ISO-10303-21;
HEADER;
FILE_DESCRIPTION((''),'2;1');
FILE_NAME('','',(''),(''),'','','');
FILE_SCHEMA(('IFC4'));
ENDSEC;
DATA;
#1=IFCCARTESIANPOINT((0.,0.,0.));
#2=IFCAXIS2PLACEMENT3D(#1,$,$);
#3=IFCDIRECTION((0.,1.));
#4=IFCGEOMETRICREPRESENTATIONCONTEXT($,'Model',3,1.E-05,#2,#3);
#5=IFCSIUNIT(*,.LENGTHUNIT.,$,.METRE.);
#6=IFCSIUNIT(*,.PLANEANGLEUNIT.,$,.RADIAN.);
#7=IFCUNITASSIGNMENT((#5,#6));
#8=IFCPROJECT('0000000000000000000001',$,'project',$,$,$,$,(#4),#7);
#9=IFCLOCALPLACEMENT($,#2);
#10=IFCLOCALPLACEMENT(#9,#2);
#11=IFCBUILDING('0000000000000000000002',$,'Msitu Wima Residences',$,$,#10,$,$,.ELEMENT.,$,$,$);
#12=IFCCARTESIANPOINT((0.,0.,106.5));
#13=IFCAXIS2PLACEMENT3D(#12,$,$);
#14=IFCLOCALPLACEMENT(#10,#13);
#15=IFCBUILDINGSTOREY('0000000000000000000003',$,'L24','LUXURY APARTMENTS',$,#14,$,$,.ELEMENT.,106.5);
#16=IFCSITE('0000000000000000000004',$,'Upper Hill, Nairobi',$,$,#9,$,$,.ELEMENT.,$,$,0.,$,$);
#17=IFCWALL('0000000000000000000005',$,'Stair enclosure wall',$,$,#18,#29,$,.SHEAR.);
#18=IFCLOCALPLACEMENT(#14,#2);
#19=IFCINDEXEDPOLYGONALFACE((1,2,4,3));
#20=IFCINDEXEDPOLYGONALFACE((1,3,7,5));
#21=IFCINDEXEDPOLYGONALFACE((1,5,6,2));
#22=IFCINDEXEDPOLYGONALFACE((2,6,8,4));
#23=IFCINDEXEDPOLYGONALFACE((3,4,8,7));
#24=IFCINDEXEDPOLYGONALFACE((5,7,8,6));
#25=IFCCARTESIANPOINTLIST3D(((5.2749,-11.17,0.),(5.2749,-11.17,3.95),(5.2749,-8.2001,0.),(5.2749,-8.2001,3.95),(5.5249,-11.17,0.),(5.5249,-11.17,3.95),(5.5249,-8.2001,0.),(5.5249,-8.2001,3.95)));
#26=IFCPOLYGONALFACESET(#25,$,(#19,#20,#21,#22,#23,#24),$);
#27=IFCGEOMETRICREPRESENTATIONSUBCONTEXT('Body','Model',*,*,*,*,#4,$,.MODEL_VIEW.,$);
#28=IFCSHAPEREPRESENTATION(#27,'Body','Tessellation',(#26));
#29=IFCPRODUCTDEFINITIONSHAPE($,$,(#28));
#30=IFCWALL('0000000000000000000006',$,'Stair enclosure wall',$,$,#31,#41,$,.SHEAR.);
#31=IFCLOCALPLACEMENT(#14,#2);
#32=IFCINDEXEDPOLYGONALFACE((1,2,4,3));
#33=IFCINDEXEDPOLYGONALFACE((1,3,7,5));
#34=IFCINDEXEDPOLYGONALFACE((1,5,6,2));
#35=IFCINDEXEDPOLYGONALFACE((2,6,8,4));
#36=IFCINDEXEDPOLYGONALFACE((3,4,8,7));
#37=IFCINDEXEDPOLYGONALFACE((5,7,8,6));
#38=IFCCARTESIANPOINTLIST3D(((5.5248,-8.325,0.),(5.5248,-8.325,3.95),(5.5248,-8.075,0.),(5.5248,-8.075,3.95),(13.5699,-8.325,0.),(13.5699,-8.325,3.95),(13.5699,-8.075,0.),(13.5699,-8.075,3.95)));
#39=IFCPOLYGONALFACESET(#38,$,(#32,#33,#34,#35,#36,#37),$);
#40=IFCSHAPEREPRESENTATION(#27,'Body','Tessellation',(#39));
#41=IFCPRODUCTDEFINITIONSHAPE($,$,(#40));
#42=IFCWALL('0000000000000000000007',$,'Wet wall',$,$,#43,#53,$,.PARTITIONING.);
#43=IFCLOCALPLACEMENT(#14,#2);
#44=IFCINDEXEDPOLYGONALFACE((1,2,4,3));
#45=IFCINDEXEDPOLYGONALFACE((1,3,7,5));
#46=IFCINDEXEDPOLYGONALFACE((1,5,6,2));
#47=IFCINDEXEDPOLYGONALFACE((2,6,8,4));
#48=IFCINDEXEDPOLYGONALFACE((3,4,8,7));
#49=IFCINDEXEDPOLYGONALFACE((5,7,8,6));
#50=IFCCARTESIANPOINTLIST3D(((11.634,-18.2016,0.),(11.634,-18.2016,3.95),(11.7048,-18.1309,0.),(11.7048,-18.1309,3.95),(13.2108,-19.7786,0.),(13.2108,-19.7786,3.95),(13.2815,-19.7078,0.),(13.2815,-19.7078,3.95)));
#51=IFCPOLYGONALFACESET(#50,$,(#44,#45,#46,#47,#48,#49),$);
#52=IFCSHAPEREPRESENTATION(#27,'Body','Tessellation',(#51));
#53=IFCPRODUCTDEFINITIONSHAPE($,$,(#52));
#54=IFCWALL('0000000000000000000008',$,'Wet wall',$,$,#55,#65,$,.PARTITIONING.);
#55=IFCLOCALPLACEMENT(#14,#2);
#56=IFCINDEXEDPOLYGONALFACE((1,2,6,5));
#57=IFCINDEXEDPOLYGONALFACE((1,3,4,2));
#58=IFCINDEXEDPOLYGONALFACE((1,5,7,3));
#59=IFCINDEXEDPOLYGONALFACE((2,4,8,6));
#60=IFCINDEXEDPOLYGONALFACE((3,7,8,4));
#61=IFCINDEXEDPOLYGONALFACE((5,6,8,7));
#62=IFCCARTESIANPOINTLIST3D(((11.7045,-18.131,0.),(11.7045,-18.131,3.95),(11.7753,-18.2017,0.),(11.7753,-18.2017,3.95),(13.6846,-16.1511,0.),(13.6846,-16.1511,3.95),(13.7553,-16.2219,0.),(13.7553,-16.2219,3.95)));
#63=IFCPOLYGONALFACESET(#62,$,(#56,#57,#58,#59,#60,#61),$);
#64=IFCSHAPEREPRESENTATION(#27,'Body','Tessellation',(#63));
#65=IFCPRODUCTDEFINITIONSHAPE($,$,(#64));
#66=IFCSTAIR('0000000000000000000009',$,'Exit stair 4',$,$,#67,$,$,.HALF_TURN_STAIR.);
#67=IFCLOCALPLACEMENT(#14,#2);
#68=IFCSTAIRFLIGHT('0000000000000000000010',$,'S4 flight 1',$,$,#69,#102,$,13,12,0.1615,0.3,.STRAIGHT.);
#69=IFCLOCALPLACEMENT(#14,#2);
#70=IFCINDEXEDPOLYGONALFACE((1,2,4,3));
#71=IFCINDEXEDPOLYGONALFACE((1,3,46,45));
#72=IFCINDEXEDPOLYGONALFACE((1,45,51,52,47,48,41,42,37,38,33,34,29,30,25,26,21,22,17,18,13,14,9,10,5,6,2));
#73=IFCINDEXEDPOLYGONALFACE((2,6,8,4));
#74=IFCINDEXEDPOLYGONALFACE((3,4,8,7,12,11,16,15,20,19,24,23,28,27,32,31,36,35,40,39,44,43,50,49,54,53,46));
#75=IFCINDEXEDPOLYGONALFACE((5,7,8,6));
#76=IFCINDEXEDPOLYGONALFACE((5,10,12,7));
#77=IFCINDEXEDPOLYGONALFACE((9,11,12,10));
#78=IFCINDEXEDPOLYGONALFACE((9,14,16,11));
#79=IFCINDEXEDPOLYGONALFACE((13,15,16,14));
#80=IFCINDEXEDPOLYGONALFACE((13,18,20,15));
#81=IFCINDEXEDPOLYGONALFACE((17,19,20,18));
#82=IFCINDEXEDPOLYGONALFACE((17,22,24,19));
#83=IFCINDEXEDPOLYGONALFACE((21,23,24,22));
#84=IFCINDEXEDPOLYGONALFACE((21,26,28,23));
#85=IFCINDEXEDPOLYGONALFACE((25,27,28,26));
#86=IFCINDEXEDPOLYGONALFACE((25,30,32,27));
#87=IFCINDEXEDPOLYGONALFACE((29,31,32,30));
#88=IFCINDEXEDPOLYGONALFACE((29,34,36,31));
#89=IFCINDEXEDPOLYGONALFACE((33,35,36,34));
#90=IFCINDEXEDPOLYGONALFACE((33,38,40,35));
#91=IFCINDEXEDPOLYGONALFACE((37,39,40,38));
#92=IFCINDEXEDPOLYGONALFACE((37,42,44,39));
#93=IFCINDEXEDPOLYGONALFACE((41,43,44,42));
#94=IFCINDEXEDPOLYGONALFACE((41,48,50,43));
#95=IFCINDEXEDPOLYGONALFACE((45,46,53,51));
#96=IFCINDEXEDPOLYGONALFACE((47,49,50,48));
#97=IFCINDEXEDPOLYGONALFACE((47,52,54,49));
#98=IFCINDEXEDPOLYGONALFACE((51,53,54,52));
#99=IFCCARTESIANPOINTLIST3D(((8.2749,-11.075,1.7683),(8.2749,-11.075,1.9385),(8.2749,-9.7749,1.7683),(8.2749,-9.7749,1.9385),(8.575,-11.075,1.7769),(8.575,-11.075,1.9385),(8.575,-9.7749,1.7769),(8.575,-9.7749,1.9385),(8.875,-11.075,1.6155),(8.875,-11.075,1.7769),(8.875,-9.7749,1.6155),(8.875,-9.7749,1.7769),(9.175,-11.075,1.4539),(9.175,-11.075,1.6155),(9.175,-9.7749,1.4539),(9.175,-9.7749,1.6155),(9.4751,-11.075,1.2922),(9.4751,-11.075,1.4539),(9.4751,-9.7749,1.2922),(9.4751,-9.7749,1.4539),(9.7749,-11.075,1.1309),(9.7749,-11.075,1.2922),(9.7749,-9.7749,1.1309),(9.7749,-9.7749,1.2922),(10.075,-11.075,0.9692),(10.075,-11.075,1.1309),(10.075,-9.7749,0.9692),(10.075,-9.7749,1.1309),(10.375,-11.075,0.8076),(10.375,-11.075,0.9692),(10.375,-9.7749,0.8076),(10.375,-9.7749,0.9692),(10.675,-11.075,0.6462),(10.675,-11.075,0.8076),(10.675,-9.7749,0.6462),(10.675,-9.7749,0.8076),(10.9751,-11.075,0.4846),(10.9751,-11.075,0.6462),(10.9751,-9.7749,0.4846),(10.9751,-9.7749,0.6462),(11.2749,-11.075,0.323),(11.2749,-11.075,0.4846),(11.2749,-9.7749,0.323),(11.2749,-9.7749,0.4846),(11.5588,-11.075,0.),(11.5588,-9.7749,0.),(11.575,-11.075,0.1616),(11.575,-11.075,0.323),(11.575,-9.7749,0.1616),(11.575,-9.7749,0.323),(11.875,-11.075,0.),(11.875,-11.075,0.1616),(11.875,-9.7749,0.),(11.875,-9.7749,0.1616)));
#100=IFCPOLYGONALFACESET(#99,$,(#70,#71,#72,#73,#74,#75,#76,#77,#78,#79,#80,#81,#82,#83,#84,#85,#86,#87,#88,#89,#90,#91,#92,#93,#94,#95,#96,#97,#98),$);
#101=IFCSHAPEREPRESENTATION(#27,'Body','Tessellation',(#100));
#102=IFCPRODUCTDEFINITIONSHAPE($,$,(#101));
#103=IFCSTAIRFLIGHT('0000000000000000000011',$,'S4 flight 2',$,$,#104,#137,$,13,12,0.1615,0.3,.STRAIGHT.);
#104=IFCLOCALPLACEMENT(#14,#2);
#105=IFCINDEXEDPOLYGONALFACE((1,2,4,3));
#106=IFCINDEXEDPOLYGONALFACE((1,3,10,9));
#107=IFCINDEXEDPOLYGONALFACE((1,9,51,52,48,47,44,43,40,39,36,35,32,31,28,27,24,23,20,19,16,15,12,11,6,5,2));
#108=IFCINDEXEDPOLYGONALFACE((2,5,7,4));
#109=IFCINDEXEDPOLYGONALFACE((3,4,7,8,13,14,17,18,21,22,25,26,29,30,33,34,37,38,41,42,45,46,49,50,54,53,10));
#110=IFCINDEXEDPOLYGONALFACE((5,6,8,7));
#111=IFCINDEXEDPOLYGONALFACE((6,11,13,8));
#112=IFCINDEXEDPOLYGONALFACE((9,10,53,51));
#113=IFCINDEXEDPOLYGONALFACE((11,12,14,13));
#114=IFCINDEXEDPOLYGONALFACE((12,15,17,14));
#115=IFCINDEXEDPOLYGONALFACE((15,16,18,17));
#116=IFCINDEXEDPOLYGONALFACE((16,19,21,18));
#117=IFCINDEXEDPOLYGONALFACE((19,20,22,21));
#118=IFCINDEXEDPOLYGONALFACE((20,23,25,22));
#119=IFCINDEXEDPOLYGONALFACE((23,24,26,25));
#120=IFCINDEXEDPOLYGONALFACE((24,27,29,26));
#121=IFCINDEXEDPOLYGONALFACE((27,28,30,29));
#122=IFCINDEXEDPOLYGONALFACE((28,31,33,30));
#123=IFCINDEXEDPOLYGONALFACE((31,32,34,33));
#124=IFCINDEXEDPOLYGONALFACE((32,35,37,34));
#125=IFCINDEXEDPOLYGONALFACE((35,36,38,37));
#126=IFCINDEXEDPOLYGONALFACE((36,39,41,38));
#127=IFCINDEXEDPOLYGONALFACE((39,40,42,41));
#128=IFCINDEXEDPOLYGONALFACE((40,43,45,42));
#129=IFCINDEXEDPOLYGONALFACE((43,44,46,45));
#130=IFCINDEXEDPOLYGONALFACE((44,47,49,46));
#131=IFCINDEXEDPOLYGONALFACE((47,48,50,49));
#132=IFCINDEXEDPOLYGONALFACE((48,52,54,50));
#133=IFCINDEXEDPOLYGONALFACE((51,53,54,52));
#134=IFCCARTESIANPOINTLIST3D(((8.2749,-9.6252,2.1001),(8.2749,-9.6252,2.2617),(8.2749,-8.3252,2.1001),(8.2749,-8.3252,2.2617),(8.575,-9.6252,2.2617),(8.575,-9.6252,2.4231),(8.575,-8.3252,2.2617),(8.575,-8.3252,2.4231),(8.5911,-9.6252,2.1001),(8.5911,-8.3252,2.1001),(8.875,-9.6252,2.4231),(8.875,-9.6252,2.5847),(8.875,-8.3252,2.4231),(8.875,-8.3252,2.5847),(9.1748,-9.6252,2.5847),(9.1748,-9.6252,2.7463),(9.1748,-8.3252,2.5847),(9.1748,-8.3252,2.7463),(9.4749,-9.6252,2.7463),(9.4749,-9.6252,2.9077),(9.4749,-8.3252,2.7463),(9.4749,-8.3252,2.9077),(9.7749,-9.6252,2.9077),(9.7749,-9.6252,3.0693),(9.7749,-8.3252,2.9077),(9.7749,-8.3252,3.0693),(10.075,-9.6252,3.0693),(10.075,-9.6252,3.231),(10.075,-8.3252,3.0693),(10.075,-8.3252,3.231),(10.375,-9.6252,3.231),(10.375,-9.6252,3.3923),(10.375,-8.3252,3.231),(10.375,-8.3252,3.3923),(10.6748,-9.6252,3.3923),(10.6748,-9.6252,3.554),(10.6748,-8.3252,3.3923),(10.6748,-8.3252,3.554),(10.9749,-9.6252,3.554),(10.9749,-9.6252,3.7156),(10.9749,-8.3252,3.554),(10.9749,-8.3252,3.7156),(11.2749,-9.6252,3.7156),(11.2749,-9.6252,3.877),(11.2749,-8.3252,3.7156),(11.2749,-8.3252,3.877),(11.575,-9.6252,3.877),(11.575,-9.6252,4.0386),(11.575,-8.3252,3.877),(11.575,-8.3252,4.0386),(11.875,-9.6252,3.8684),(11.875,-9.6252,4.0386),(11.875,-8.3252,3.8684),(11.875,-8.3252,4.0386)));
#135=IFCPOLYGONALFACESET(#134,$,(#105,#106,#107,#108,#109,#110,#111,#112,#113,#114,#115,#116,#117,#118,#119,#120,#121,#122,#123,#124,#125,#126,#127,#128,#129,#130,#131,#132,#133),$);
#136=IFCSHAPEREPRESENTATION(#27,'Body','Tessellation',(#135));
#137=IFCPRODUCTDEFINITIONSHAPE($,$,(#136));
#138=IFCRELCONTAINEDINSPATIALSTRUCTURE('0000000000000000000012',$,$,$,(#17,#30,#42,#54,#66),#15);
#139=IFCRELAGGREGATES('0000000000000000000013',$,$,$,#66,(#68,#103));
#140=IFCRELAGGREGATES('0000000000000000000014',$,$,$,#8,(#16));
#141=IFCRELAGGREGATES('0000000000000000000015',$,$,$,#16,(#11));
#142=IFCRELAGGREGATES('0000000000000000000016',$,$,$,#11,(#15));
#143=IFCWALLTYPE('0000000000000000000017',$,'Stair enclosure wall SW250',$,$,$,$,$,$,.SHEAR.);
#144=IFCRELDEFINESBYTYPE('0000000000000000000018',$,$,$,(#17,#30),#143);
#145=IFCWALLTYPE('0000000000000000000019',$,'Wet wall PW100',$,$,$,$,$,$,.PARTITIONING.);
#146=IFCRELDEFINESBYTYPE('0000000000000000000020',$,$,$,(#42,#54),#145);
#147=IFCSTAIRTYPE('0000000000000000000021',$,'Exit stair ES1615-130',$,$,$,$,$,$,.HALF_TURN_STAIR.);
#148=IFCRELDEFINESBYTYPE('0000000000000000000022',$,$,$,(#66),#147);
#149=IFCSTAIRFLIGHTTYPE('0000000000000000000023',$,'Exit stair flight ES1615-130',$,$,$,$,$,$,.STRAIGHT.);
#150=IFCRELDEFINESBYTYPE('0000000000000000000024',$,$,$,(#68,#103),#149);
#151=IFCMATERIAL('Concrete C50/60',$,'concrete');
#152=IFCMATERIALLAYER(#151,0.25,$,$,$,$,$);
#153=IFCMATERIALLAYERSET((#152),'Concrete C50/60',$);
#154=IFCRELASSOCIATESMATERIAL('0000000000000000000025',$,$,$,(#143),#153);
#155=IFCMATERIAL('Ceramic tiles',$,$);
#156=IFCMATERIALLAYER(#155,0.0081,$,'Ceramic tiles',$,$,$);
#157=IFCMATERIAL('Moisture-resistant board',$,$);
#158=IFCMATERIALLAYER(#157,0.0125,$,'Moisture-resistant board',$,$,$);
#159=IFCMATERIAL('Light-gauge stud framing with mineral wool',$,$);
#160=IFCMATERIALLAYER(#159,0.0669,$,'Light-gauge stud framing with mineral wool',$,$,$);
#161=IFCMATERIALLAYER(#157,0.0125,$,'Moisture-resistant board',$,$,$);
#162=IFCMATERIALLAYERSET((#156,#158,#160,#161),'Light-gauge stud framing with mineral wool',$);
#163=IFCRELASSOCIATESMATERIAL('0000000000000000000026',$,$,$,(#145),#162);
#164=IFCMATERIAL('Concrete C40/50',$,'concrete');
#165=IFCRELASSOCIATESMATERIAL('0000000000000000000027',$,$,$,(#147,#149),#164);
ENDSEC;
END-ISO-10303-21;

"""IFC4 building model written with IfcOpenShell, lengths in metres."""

from ifc_helpers import new_model, si_unit, direction, frame, frame_2d, origin, place, context, subcontext, project, spatial, polyline, rectangle, outline, extrude, material, layer, layer_set, type_object, element, aggregate, save


model = new_model("IFC4")

# Units and contexts
model_context = context("Model", 3, precision=1e-05, world=origin(), true_north=direction((0.0, 1.0)))
body_context = subcontext(model_context, "Body", "Model", "MODEL_VIEW")
ifc_project = project(units=[si_unit("LENGTHUNIT", "METRE"), si_unit("PLANEANGLEUNIT", "RADIAN")], contexts=[model_context])

# Site, building, storey
site_placement = place(None, origin())
site = spatial("IfcSite", under=ifc_project, at=site_placement, Name="Upper Hill, Nairobi", CompositionType="ELEMENT", RefElevation=0.0)
building_placement = place(site_placement, origin())
building = spatial("IfcBuilding", under=site, at=building_placement, Name="Msitu Wima Residences", CompositionType="ELEMENT")
storey_placement = place(building_placement, frame((0.0, 0.0, 106.5)))
storey = spatial("IfcBuildingStorey", under=building, at=storey_placement, Name="L24", Description="LUXURY APARTMENTS", CompositionType="ELEMENT", Elevation=106.5)

# Shared definitions
ifc_material_1 = material(Name="Concrete C40/50", Category="concrete")

# Walls
ifc_material_2 = material(Name="Light-gauge stud framing with mineral wool")
ifc_material_3 = material(Name="Concrete C50/60", Category="concrete")
ifc_layer_1 = layer(ifc_material_3, 0.25)
ifc_layer_set_1 = layer_set([ifc_layer_1], Name="Concrete C50/60")
wall_type_1 = type_object("IfcWallType", Name="Stair enclosure wall SW250", PredefinedType="SHEAR", material=ifc_layer_set_1)
wall_1_placement = place(storey_placement, frame((5.3999, -11.1699, 0.0), z_axis=(0.0, 0.0, 1.0), x_axis=(0.0, 1.0, 0.0)))
element("IfcWall", 1, at=wall_1_placement, inside=storey, type_object=wall_type_1, Name="Stair enclosure wall", PredefinedType="SHEAR", context=body_context, shape_type="SweptSolid", body=[
    extrude(rectangle(XDim=2.97, YDim=0.25, at=frame_2d((1.4849, 0.0))), origin(), (0.0, 0.0, 1.0), 3.95),
])
wall_2_placement = place(storey_placement, frame((5.5249, -8.2, 0.0), z_axis=(0.0, 0.0, 1.0), x_axis=(1.0, 0.0, 0.0)))
element("IfcWall", 2, at=wall_2_placement, inside=storey, type_object=wall_type_1, Name="Stair enclosure wall", PredefinedType="SHEAR", context=body_context, shape_type="SweptSolid", body=[
    extrude(rectangle(XDim=8.0452, YDim=0.25, at=frame_2d((4.0225, 0.0))), origin(), (0.0, 0.0, 1.0), 3.95),
])
ifc_material_4 = material(Name="Ceramic tiles")
ifc_layer_2 = layer(ifc_material_4, 0.0081, Name="Ceramic tiles")
ifc_material_5 = material(Name="Moisture-resistant board")
ifc_layer_3 = layer(ifc_material_5, 0.0125, Name="Moisture-resistant board")
ifc_layer_4 = layer(ifc_material_2, 0.0669, Name="Light-gauge stud framing with mineral wool")
ifc_layer_5 = layer(ifc_material_5, 0.0125, Name="Moisture-resistant board")
ifc_layer_set_2 = layer_set([ifc_layer_2, ifc_layer_3, ifc_layer_4, ifc_layer_5], Name="Light-gauge stud framing with mineral wool")
wall_type_2 = type_object("IfcWallType", Name="Wet wall PW100", PredefinedType="PARTITIONING", material=ifc_layer_set_2)
wall_3_placement = place(storey_placement, frame((11.6694, -18.1663, 0.0), z_axis=(0.0, 0.0, 1.0), x_axis=(0.707052, -0.707162, 0.0)))
element("IfcWall", 3, at=wall_3_placement, inside=storey, type_object=wall_type_2, Name="Wet wall", PredefinedType="PARTITIONING", context=body_context, shape_type="SweptSolid", body=[
    extrude(rectangle(XDim=2.23, YDim=0.1001, at=frame_2d((1.115, 0.0))), origin(), (0.0, 0.0, 1.0), 3.95),
])
wall_4_placement = place(storey_placement, frame((11.74, -18.1663, 0.0), z_axis=(0.0, 0.0, 1.0), x_axis=(0.70715, 0.707063, 0.0)))
element("IfcWall", 4, at=wall_4_placement, inside=storey, type_object=wall_type_2, Name="Wet wall", PredefinedType="PARTITIONING", context=body_context, shape_type="SweptSolid", body=[
    extrude(rectangle(XDim=2.8, YDim=0.1001, at=frame_2d((1.3999, 0.0))), origin(), (0.0, 0.0, 1.0), 3.95),
])

# Stair, stair flights
stair_type = type_object("IfcStairType", Name="Exit stair ES1615-130", PredefinedType="HALF_TURN_STAIR", material=ifc_material_1)
stair_placement = place(storey_placement, origin())
stair = element("IfcStair", 5, at=stair_placement, inside=storey, type_object=stair_type, Name="Exit stair 4", PredefinedType="HALF_TURN_STAIR")
stair_flight_type = type_object("IfcStairFlightType", Name="Exit stair flight ES1615-130", PredefinedType="STRAIGHT", material=ifc_material_1)
stair_flight_1_placement = place(storey_placement, frame((11.875, -10.425, 0.0), z_axis=(0.0, 0.0, 1.0), x_axis=(-1.0, 0.0, 0.0)))
stair_flight_1 = element("IfcStairFlight", 6, at=stair_flight_1_placement, type_object=stair_flight_type, Name="S4 flight 1", NumberOfRisers=13, NumberOfTreads=12, PredefinedType="STRAIGHT", RiserHeight=0.1615, TreadLength=0.3, context=body_context, shape_type="SweptSolid", body=[
    extrude(outline(polyline([(0.0, 0.0), (0.0, 0.1616), (0.3, 0.1616), (0.3, 0.323), (0.6001, 0.323), (0.6001, 0.4846), (0.8999, 0.4846), (0.8999, 0.6462), (1.2, 0.6462), (1.2, 0.8076), (1.5, 0.8076), (1.5, 0.9692), (1.8, 0.9692), (1.8, 1.1309), (2.1001, 1.1309), (2.1001, 1.2922), (2.3999, 1.2922), (2.3999, 1.4539), (2.7, 1.4539), (2.7, 1.6155), (3.0, 1.6155), (3.0, 1.7769), (3.3, 1.7769), (3.3, 1.9385), (3.6001, 1.9385), (3.6001, 2.1001), (3.6001, 1.7683), (0.3162, 0.0), (0.0, 0.0)])), frame((0.0, 0.6499, 0.0), z_axis=(0.0, -1.0, 0.0), x_axis=(1.0, 0.0, 0.0)), (0.0, 0.0, 1.0), 1.3),
])
stair_flight_2_placement = place(storey_placement, frame((8.2749, -8.9751, 2.1001), z_axis=(0.0, 0.0, 1.0), x_axis=(1.0, 0.0, 0.0)))
stair_flight_2 = element("IfcStairFlight", 7, at=stair_flight_2_placement, type_object=stair_flight_type, Name="S4 flight 2", NumberOfRisers=13, NumberOfTreads=12, PredefinedType="STRAIGHT", RiserHeight=0.1615, TreadLength=0.3, context=body_context, shape_type="SweptSolid", body=[
    extrude(outline(polyline([(0.0, 0.0), (0.0, 0.1616), (0.3, 0.1616), (0.3, 0.323), (0.6001, 0.323), (0.6001, 0.4846), (0.8999, 0.4846), (0.8999, 0.6462), (1.2, 0.6462), (1.2, 0.8076), (1.5, 0.8076), (1.5, 0.9692), (1.8, 0.9692), (1.8, 1.1309), (2.1001, 1.1309), (2.1001, 1.2922), (2.3999, 1.2922), (2.3999, 1.4539), (2.7, 1.4539), (2.7, 1.6155), (3.0, 1.6155), (3.0, 1.7769), (3.3, 1.7769), (3.3, 1.9385), (3.6001, 1.9385), (3.6001, 2.1001), (3.6001, 1.7683), (0.3162, 0.0), (0.0, 0.0)])), frame((0.0, 0.6499, 0.0), z_axis=(0.0, -1.0, 0.0), x_axis=(1.0, 0.0, 0.0)), (0.0, 0.0, 1.0), 1.3),
])
aggregate(stair, [stair_flight_1, stair_flight_2])

save(model, "model.ifc")
